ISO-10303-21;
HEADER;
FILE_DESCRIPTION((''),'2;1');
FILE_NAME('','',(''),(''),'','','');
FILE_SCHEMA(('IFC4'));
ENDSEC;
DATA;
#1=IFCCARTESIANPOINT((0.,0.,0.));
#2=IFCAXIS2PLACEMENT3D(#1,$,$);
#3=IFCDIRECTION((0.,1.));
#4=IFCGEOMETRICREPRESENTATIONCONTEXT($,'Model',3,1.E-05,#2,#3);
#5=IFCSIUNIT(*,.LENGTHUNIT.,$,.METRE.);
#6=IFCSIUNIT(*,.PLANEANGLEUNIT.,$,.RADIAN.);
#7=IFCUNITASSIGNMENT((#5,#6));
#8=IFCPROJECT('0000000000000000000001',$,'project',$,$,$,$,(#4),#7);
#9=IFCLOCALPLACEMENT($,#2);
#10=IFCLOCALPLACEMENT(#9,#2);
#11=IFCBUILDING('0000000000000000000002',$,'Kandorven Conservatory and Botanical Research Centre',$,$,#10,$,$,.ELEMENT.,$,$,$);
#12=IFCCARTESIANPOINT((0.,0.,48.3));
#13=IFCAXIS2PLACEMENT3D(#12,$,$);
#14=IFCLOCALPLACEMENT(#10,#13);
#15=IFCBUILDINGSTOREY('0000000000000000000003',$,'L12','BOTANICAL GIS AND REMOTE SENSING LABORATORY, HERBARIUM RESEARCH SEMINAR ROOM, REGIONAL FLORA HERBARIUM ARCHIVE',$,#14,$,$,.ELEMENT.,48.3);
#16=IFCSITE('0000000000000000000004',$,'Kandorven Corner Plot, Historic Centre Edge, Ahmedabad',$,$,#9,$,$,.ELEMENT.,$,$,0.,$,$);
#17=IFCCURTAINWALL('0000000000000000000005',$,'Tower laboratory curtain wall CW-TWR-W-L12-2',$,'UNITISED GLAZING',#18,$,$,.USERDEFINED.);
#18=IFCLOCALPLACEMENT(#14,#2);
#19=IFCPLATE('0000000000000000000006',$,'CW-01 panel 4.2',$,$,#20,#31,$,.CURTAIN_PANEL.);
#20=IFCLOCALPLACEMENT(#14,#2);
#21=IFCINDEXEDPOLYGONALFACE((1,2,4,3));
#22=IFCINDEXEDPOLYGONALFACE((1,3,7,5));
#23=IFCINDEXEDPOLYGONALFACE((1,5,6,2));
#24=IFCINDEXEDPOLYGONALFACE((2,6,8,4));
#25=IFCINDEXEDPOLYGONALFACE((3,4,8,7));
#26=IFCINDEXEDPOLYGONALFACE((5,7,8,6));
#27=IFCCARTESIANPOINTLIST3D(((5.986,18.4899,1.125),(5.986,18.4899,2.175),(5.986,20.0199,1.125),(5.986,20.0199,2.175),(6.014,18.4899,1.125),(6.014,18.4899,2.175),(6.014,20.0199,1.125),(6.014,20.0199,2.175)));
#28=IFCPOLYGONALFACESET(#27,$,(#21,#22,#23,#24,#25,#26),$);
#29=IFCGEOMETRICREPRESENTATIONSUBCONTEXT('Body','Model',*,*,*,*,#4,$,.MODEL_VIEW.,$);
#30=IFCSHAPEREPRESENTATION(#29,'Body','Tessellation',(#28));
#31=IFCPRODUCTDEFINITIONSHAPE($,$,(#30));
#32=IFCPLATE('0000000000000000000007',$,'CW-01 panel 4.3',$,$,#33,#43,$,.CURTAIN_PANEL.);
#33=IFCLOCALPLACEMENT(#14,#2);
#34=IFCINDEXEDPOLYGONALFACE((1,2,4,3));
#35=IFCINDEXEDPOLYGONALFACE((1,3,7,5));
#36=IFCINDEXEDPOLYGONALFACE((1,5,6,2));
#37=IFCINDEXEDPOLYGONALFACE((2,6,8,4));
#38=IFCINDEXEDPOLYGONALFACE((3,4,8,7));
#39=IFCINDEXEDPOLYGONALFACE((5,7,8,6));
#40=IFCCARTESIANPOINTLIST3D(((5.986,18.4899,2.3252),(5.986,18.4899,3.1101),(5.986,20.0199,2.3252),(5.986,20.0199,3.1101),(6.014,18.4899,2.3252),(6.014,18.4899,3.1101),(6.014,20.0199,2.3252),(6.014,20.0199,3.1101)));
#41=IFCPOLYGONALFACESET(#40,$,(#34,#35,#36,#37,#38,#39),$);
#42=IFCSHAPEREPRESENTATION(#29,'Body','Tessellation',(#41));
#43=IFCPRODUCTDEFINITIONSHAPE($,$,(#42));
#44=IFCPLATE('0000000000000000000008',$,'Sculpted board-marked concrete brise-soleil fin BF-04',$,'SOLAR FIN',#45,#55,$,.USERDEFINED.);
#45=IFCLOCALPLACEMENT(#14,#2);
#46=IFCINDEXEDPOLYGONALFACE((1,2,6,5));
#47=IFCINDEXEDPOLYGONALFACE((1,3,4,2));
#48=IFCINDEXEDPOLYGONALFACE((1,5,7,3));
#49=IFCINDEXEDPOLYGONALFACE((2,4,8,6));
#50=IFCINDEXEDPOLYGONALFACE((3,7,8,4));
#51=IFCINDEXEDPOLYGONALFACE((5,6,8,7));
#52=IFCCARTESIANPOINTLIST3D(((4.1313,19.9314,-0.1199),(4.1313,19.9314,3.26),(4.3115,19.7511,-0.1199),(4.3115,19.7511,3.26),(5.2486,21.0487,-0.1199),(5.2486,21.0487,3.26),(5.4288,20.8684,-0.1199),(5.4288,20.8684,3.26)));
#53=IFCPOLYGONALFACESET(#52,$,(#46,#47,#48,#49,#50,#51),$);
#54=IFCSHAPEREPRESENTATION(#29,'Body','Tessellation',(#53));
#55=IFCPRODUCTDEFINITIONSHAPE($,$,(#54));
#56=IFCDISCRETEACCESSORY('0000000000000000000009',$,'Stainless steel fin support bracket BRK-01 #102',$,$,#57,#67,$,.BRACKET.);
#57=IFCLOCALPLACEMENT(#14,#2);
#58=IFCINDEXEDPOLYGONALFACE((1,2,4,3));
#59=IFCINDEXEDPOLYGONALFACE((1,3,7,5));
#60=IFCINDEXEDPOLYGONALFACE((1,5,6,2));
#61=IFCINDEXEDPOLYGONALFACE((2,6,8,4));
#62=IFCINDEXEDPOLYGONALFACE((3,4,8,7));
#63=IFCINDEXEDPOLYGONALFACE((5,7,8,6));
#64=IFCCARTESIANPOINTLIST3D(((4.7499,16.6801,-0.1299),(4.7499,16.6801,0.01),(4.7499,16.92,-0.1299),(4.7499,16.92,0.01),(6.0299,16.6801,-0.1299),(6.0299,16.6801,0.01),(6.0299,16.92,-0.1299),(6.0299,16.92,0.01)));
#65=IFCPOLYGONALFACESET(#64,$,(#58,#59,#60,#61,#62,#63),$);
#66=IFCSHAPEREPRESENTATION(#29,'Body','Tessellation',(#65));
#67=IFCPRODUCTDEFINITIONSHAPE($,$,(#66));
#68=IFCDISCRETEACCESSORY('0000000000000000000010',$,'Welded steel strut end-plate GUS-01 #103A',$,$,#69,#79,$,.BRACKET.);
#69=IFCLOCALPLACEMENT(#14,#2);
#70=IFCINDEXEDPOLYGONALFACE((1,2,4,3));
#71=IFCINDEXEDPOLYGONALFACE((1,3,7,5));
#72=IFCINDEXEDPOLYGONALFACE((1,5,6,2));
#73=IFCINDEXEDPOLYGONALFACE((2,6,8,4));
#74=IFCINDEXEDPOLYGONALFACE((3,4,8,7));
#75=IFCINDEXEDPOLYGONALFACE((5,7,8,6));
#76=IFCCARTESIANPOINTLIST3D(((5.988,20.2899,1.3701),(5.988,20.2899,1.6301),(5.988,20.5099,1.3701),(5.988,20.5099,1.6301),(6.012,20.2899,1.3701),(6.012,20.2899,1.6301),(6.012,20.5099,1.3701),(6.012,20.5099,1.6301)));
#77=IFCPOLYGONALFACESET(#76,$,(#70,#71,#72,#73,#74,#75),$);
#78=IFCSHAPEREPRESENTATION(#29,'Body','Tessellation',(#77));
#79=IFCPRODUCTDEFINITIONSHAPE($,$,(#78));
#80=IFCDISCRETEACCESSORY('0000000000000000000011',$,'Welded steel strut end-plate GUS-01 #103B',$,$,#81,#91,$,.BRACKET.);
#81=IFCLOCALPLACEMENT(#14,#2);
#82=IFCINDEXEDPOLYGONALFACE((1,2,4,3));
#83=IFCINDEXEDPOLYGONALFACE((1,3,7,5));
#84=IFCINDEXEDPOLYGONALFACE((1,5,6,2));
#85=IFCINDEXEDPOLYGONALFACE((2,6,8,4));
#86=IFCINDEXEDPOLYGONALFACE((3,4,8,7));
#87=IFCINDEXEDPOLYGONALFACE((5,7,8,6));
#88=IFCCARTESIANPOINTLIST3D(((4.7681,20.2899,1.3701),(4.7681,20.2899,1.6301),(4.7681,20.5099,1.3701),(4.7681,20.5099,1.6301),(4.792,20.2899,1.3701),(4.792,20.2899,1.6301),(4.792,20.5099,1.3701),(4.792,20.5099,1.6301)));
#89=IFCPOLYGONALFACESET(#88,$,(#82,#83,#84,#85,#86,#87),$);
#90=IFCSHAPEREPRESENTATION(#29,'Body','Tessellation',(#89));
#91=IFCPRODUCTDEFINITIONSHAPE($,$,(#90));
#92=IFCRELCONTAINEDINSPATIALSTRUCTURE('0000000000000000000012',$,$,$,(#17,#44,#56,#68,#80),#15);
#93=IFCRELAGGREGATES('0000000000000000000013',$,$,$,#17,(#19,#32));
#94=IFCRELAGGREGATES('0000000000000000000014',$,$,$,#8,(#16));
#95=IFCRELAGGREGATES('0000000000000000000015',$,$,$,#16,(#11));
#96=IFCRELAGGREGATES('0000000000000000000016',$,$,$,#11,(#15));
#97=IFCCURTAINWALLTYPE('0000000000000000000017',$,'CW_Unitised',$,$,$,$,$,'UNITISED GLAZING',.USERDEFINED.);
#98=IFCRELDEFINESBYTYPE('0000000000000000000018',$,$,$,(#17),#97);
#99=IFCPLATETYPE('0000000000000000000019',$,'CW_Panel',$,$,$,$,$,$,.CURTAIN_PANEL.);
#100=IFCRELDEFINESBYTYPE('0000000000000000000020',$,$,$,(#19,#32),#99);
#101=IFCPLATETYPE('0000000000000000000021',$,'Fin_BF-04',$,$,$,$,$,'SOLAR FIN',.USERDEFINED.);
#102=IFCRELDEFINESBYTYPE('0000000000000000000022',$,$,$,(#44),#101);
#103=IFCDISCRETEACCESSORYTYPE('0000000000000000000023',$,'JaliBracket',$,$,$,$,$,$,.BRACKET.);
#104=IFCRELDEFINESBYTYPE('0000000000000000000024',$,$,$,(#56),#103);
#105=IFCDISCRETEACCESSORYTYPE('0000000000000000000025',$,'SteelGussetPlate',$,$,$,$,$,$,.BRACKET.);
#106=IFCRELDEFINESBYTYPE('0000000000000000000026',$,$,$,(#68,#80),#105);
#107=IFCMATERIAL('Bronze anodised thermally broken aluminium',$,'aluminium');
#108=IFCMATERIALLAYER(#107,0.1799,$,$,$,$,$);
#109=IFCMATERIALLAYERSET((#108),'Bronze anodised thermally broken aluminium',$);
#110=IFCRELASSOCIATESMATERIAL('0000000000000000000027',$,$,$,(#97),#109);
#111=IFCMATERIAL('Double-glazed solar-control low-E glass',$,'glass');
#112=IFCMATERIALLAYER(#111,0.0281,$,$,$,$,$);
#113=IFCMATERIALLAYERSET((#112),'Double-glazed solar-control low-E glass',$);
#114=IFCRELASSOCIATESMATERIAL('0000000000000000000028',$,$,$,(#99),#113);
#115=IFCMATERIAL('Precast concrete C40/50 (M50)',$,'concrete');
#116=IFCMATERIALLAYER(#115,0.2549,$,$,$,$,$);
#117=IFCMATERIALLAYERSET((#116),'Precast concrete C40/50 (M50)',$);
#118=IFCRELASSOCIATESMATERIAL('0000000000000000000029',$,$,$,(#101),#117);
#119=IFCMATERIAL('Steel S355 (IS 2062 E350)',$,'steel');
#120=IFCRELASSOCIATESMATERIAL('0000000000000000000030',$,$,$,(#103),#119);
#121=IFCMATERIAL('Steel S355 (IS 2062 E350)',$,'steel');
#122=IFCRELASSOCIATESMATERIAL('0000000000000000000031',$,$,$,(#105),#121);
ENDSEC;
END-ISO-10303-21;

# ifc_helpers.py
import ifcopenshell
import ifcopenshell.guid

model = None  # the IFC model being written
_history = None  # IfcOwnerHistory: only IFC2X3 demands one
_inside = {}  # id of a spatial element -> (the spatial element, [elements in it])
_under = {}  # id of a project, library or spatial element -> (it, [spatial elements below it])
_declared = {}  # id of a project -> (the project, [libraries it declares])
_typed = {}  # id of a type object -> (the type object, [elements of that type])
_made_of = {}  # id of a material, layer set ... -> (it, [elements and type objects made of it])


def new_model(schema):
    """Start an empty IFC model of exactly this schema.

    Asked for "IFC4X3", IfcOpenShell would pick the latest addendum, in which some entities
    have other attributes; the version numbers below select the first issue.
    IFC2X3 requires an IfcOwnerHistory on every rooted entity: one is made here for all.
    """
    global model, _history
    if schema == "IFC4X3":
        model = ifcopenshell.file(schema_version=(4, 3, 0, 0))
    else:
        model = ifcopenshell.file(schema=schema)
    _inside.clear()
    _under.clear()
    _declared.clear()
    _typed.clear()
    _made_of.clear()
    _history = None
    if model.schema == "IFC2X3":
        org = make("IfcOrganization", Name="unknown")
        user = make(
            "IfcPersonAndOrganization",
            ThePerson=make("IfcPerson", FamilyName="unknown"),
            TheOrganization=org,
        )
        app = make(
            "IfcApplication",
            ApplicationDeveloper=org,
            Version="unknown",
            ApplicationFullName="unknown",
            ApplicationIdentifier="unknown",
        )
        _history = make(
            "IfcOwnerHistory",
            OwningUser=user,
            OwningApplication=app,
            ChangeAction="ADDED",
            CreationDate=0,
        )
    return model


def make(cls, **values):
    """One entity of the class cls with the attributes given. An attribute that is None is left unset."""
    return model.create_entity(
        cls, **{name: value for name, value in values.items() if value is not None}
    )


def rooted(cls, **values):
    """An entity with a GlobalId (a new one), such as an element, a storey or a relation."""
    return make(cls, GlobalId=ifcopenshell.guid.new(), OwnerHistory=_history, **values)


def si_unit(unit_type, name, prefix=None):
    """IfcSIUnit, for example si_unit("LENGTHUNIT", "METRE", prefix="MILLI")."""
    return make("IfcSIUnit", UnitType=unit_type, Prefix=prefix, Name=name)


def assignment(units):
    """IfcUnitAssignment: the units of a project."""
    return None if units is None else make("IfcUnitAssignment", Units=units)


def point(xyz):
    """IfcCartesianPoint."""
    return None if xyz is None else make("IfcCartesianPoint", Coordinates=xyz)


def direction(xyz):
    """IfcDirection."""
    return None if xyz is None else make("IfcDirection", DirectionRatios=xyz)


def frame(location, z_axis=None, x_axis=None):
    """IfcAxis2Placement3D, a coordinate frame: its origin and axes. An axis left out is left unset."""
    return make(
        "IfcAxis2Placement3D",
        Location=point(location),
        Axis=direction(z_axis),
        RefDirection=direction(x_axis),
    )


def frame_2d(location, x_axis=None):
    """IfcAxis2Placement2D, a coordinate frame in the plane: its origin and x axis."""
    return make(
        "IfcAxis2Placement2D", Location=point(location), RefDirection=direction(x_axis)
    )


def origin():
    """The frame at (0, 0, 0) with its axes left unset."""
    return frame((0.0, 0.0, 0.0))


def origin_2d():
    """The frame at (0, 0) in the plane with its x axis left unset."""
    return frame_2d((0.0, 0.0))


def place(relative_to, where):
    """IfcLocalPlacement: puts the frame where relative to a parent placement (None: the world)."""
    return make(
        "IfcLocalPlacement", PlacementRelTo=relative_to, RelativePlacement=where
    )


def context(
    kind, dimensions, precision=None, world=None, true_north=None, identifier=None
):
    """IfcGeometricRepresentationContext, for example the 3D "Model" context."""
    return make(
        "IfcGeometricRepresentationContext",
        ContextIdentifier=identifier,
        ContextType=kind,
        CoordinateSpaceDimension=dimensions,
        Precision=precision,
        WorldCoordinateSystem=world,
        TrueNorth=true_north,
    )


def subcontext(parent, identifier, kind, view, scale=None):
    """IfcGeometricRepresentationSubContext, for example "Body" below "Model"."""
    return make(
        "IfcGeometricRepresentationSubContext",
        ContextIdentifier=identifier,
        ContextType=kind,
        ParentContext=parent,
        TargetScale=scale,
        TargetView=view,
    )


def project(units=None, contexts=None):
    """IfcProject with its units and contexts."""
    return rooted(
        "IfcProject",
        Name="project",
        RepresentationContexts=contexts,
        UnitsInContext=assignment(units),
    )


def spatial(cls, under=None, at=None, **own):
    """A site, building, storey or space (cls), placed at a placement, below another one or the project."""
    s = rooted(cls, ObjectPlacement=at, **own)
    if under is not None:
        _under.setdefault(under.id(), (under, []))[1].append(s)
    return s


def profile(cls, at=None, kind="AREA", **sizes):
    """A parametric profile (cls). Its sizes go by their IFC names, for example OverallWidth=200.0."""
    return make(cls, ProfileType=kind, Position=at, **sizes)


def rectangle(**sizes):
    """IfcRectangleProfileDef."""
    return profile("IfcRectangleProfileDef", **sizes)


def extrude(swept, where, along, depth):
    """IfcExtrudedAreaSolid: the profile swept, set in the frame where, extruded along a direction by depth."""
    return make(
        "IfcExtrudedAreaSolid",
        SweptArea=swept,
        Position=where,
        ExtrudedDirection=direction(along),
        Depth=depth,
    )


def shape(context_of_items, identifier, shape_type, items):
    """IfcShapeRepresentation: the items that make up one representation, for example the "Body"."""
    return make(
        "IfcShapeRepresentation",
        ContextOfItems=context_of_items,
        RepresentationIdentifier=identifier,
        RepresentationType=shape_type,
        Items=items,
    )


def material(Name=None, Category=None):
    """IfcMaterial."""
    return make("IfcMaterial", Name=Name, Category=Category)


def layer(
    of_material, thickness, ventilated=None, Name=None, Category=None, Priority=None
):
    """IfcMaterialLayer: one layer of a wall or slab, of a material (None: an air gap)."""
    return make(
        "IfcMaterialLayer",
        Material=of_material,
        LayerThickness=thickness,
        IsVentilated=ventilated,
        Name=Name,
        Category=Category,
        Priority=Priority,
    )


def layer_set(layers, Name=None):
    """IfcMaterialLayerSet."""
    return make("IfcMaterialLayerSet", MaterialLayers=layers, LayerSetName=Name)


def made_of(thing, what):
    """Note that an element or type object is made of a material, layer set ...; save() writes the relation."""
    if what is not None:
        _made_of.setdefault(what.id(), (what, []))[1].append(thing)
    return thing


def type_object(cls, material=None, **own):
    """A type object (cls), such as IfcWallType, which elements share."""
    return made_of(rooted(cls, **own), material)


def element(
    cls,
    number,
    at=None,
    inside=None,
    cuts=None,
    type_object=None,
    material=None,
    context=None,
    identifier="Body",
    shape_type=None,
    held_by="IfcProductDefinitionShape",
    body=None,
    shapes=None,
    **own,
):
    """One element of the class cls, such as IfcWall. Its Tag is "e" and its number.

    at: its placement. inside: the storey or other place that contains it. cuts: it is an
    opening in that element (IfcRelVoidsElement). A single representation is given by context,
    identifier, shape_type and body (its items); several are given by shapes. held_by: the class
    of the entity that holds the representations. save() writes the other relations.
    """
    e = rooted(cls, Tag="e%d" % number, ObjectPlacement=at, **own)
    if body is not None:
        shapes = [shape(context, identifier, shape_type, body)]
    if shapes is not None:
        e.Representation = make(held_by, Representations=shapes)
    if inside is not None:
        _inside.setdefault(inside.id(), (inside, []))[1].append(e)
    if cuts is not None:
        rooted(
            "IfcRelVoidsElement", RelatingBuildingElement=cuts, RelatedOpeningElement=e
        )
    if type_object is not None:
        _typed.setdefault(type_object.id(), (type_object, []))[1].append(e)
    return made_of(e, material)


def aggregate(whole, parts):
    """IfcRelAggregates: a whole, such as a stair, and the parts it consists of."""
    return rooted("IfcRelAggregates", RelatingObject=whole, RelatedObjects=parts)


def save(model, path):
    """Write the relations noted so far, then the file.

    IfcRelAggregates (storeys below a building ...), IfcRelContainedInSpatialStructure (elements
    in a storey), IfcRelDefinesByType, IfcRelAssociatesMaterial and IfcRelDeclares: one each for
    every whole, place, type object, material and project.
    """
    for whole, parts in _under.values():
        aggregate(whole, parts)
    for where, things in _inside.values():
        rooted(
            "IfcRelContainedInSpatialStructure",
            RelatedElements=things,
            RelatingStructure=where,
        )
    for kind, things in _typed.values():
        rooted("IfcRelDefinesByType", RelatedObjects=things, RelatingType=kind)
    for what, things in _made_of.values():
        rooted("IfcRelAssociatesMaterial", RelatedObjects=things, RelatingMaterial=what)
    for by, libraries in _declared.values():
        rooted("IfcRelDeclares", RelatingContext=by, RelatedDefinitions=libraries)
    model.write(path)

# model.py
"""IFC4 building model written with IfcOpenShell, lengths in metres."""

from ifc_helpers import new_model, si_unit, direction, frame, origin, origin_2d, place, context, subcontext, project, spatial, rectangle, extrude, material, layer, layer_set, type_object, element, aggregate, save


model = new_model("IFC4")

# Units and contexts
model_context = context("Model", 3, precision=1e-05, world=origin(), true_north=direction((0.0, 1.0)))
body_context = subcontext(model_context, "Body", "Model", "MODEL_VIEW")
ifc_project = project(units=[si_unit("LENGTHUNIT", "METRE"), si_unit("PLANEANGLEUNIT", "RADIAN")], contexts=[model_context])

# Site, building, storey
site_placement = place(None, origin())
site = spatial("IfcSite", under=ifc_project, at=site_placement, Name="Kandorven Corner Plot, Historic Centre Edge, Ahmedabad", CompositionType="ELEMENT", RefElevation=0.0)
building_placement = place(site_placement, origin())
building = spatial("IfcBuilding", under=site, at=building_placement, Name="Kandorven Conservatory and Botanical Research Centre", CompositionType="ELEMENT")
storey_placement = place(building_placement, frame((0.0, 0.0, 48.3)))
storey = spatial("IfcBuildingStorey", under=building, at=storey_placement, Name="L12", Description="BOTANICAL GIS AND REMOTE SENSING LABORATORY, HERBARIUM RESEARCH SEMINAR ROOM, REGIONAL FLORA HERBARIUM ARCHIVE", CompositionType="ELEMENT", Elevation=48.3)

# Curtain wall
ifc_material_1 = material(Name="Bronze anodised thermally broken aluminium", Category="aluminium")
ifc_layer_1 = layer(ifc_material_1, 0.1799)
ifc_layer_set_1 = layer_set([ifc_layer_1], Name="Bronze anodised thermally broken aluminium")
curtain_wall_type = type_object("IfcCurtainWallType", Name="CW_Unitised", ElementType="UNITISED GLAZING", PredefinedType="USERDEFINED", material=ifc_layer_set_1)
curtain_wall_1_placement = place(storey_placement, origin())
curtain_wall_1 = element("IfcCurtainWall", 1, at=curtain_wall_1_placement, inside=storey, type_object=curtain_wall_type, Name="Tower laboratory curtain wall CW-TWR-W-L12-2", ObjectType="UNITISED GLAZING", PredefinedType="USERDEFINED")

# Plates
ifc_material_2 = material(Name="Double-glazed solar-control low-E glass", Category="glass")
ifc_layer_2 = layer(ifc_material_2, 0.0281)
ifc_layer_set_2 = layer_set([ifc_layer_2], Name="Double-glazed solar-control low-E glass")
plate_type_1 = type_object("IfcPlateType", Name="CW_Panel", PredefinedType="CURTAIN_PANEL", material=ifc_layer_set_2)
plate_1_placement = place(storey_placement, frame((6.0, 19.2549, 1.125), z_axis=(0.0, 0.0, 1.0), x_axis=(0.0, 1.0, 0.0)))
plate_1 = element("IfcPlate", 2, at=plate_1_placement, type_object=plate_type_1, Name="CW-01 panel 4.2", PredefinedType="CURTAIN_PANEL", context=body_context, shape_type="SweptSolid", body=[
    extrude(rectangle(XDim=1.53, YDim=0.0281, at=origin_2d()), origin(), (0.0, 0.0, 1.0), 1.05),
])
plate_2_placement = place(storey_placement, frame((6.0, 19.2549, 2.3252), z_axis=(0.0, 0.0, 1.0), x_axis=(0.0, 1.0, 0.0)))
plate_2 = element("IfcPlate", 3, at=plate_2_placement, type_object=plate_type_1, Name="CW-01 panel 4.3", PredefinedType="CURTAIN_PANEL", context=body_context, shape_type="SweptSolid", body=[
    extrude(rectangle(XDim=1.53, YDim=0.0281, at=origin_2d()), origin(), (0.0, 0.0, 1.0), 0.7849),
])
aggregate(curtain_wall_1, [plate_1, plate_2])
ifc_material_3 = material(Name="Precast concrete C40/50 (M50)", Category="concrete")
ifc_layer_3 = layer(ifc_material_3, 0.2549)
ifc_layer_set_3 = layer_set([ifc_layer_3], Name="Precast concrete C40/50 (M50)")
plate_type_2 = type_object("IfcPlateType", Name="Fin_BF-04", ElementType="SOLAR FIN", PredefinedType="USERDEFINED", material=ifc_layer_set_3)
plate_3_placement = place(storey_placement, frame((4.78, 20.3999, -0.1199), z_axis=(0.0, 0.0, 1.0), x_axis=(0.707107, 0.707107, 0.0)))
element("IfcPlate", 4, at=plate_3_placement, inside=storey, type_object=plate_type_2, Name="Sculpted board-marked concrete brise-soleil fin BF-04", ObjectType="SOLAR FIN", PredefinedType="USERDEFINED", context=body_context, shape_type="SweptSolid", body=[
    extrude(rectangle(XDim=1.5801, YDim=0.2549, at=origin_2d()), origin(), (0.0, 0.0, 1.0), 3.3799),
])

# Discrete accessories
ifc_material_4 = material(Name="Steel S355 (IS 2062 E350)", Category="steel")
discrete_accessory_type_1 = type_object("IfcDiscreteAccessoryType", Name="JaliBracket", PredefinedType="BRACKET", material=ifc_material_4)
discrete_accessory_placement = place(storey_placement, frame((5.3899, 16.8, -0.1299), z_axis=(0.0, 0.0, 1.0), x_axis=(1.0, 0.0, 0.0)))
element("IfcDiscreteAccessory", 5, at=discrete_accessory_placement, inside=storey, type_object=discrete_accessory_type_1, Name="Stainless steel fin support bracket BRK-01 #102", PredefinedType="BRACKET", context=body_context, shape_type="SweptSolid", body=[
    extrude(rectangle(XDim=1.28, YDim=0.24, at=origin_2d()), origin(), (0.0, 0.0, 1.0), 0.1399),
])
ifc_material_5 = material(Name="Steel S355 (IS 2062 E350)", Category="steel")
discrete_accessory_type_2 = type_object("IfcDiscreteAccessoryType", Name="SteelGussetPlate", PredefinedType="BRACKET", material=ifc_material_5)
for number, where, z_axis, x_axis, name in (
    (6, (6.0, 20.3999, 1.3701), (0.0, 0.0, 1.0), (1.0, 0.0, 0.0), "Welded steel strut end-plate GUS-01 #103A"),
    (7, (4.78, 20.3999, 1.3701), (0.0, 0.0, 1.0), (1.0, 0.0, 0.0), "Welded steel strut end-plate GUS-01 #103B"),
):
    element("IfcDiscreteAccessory", number, at=place(storey_placement, frame(where, z_axis=z_axis, x_axis=x_axis)), inside=storey, type_object=discrete_accessory_type_2, Name=name, PredefinedType="BRACKET", context=body_context, shape_type="SweptSolid", body=[
        extrude(rectangle(XDim=0.0239, YDim=0.22, at=origin_2d()), origin(), (0.0, 0.0, 1.0), 0.26),
    ])

save(model, "model.ifc")
